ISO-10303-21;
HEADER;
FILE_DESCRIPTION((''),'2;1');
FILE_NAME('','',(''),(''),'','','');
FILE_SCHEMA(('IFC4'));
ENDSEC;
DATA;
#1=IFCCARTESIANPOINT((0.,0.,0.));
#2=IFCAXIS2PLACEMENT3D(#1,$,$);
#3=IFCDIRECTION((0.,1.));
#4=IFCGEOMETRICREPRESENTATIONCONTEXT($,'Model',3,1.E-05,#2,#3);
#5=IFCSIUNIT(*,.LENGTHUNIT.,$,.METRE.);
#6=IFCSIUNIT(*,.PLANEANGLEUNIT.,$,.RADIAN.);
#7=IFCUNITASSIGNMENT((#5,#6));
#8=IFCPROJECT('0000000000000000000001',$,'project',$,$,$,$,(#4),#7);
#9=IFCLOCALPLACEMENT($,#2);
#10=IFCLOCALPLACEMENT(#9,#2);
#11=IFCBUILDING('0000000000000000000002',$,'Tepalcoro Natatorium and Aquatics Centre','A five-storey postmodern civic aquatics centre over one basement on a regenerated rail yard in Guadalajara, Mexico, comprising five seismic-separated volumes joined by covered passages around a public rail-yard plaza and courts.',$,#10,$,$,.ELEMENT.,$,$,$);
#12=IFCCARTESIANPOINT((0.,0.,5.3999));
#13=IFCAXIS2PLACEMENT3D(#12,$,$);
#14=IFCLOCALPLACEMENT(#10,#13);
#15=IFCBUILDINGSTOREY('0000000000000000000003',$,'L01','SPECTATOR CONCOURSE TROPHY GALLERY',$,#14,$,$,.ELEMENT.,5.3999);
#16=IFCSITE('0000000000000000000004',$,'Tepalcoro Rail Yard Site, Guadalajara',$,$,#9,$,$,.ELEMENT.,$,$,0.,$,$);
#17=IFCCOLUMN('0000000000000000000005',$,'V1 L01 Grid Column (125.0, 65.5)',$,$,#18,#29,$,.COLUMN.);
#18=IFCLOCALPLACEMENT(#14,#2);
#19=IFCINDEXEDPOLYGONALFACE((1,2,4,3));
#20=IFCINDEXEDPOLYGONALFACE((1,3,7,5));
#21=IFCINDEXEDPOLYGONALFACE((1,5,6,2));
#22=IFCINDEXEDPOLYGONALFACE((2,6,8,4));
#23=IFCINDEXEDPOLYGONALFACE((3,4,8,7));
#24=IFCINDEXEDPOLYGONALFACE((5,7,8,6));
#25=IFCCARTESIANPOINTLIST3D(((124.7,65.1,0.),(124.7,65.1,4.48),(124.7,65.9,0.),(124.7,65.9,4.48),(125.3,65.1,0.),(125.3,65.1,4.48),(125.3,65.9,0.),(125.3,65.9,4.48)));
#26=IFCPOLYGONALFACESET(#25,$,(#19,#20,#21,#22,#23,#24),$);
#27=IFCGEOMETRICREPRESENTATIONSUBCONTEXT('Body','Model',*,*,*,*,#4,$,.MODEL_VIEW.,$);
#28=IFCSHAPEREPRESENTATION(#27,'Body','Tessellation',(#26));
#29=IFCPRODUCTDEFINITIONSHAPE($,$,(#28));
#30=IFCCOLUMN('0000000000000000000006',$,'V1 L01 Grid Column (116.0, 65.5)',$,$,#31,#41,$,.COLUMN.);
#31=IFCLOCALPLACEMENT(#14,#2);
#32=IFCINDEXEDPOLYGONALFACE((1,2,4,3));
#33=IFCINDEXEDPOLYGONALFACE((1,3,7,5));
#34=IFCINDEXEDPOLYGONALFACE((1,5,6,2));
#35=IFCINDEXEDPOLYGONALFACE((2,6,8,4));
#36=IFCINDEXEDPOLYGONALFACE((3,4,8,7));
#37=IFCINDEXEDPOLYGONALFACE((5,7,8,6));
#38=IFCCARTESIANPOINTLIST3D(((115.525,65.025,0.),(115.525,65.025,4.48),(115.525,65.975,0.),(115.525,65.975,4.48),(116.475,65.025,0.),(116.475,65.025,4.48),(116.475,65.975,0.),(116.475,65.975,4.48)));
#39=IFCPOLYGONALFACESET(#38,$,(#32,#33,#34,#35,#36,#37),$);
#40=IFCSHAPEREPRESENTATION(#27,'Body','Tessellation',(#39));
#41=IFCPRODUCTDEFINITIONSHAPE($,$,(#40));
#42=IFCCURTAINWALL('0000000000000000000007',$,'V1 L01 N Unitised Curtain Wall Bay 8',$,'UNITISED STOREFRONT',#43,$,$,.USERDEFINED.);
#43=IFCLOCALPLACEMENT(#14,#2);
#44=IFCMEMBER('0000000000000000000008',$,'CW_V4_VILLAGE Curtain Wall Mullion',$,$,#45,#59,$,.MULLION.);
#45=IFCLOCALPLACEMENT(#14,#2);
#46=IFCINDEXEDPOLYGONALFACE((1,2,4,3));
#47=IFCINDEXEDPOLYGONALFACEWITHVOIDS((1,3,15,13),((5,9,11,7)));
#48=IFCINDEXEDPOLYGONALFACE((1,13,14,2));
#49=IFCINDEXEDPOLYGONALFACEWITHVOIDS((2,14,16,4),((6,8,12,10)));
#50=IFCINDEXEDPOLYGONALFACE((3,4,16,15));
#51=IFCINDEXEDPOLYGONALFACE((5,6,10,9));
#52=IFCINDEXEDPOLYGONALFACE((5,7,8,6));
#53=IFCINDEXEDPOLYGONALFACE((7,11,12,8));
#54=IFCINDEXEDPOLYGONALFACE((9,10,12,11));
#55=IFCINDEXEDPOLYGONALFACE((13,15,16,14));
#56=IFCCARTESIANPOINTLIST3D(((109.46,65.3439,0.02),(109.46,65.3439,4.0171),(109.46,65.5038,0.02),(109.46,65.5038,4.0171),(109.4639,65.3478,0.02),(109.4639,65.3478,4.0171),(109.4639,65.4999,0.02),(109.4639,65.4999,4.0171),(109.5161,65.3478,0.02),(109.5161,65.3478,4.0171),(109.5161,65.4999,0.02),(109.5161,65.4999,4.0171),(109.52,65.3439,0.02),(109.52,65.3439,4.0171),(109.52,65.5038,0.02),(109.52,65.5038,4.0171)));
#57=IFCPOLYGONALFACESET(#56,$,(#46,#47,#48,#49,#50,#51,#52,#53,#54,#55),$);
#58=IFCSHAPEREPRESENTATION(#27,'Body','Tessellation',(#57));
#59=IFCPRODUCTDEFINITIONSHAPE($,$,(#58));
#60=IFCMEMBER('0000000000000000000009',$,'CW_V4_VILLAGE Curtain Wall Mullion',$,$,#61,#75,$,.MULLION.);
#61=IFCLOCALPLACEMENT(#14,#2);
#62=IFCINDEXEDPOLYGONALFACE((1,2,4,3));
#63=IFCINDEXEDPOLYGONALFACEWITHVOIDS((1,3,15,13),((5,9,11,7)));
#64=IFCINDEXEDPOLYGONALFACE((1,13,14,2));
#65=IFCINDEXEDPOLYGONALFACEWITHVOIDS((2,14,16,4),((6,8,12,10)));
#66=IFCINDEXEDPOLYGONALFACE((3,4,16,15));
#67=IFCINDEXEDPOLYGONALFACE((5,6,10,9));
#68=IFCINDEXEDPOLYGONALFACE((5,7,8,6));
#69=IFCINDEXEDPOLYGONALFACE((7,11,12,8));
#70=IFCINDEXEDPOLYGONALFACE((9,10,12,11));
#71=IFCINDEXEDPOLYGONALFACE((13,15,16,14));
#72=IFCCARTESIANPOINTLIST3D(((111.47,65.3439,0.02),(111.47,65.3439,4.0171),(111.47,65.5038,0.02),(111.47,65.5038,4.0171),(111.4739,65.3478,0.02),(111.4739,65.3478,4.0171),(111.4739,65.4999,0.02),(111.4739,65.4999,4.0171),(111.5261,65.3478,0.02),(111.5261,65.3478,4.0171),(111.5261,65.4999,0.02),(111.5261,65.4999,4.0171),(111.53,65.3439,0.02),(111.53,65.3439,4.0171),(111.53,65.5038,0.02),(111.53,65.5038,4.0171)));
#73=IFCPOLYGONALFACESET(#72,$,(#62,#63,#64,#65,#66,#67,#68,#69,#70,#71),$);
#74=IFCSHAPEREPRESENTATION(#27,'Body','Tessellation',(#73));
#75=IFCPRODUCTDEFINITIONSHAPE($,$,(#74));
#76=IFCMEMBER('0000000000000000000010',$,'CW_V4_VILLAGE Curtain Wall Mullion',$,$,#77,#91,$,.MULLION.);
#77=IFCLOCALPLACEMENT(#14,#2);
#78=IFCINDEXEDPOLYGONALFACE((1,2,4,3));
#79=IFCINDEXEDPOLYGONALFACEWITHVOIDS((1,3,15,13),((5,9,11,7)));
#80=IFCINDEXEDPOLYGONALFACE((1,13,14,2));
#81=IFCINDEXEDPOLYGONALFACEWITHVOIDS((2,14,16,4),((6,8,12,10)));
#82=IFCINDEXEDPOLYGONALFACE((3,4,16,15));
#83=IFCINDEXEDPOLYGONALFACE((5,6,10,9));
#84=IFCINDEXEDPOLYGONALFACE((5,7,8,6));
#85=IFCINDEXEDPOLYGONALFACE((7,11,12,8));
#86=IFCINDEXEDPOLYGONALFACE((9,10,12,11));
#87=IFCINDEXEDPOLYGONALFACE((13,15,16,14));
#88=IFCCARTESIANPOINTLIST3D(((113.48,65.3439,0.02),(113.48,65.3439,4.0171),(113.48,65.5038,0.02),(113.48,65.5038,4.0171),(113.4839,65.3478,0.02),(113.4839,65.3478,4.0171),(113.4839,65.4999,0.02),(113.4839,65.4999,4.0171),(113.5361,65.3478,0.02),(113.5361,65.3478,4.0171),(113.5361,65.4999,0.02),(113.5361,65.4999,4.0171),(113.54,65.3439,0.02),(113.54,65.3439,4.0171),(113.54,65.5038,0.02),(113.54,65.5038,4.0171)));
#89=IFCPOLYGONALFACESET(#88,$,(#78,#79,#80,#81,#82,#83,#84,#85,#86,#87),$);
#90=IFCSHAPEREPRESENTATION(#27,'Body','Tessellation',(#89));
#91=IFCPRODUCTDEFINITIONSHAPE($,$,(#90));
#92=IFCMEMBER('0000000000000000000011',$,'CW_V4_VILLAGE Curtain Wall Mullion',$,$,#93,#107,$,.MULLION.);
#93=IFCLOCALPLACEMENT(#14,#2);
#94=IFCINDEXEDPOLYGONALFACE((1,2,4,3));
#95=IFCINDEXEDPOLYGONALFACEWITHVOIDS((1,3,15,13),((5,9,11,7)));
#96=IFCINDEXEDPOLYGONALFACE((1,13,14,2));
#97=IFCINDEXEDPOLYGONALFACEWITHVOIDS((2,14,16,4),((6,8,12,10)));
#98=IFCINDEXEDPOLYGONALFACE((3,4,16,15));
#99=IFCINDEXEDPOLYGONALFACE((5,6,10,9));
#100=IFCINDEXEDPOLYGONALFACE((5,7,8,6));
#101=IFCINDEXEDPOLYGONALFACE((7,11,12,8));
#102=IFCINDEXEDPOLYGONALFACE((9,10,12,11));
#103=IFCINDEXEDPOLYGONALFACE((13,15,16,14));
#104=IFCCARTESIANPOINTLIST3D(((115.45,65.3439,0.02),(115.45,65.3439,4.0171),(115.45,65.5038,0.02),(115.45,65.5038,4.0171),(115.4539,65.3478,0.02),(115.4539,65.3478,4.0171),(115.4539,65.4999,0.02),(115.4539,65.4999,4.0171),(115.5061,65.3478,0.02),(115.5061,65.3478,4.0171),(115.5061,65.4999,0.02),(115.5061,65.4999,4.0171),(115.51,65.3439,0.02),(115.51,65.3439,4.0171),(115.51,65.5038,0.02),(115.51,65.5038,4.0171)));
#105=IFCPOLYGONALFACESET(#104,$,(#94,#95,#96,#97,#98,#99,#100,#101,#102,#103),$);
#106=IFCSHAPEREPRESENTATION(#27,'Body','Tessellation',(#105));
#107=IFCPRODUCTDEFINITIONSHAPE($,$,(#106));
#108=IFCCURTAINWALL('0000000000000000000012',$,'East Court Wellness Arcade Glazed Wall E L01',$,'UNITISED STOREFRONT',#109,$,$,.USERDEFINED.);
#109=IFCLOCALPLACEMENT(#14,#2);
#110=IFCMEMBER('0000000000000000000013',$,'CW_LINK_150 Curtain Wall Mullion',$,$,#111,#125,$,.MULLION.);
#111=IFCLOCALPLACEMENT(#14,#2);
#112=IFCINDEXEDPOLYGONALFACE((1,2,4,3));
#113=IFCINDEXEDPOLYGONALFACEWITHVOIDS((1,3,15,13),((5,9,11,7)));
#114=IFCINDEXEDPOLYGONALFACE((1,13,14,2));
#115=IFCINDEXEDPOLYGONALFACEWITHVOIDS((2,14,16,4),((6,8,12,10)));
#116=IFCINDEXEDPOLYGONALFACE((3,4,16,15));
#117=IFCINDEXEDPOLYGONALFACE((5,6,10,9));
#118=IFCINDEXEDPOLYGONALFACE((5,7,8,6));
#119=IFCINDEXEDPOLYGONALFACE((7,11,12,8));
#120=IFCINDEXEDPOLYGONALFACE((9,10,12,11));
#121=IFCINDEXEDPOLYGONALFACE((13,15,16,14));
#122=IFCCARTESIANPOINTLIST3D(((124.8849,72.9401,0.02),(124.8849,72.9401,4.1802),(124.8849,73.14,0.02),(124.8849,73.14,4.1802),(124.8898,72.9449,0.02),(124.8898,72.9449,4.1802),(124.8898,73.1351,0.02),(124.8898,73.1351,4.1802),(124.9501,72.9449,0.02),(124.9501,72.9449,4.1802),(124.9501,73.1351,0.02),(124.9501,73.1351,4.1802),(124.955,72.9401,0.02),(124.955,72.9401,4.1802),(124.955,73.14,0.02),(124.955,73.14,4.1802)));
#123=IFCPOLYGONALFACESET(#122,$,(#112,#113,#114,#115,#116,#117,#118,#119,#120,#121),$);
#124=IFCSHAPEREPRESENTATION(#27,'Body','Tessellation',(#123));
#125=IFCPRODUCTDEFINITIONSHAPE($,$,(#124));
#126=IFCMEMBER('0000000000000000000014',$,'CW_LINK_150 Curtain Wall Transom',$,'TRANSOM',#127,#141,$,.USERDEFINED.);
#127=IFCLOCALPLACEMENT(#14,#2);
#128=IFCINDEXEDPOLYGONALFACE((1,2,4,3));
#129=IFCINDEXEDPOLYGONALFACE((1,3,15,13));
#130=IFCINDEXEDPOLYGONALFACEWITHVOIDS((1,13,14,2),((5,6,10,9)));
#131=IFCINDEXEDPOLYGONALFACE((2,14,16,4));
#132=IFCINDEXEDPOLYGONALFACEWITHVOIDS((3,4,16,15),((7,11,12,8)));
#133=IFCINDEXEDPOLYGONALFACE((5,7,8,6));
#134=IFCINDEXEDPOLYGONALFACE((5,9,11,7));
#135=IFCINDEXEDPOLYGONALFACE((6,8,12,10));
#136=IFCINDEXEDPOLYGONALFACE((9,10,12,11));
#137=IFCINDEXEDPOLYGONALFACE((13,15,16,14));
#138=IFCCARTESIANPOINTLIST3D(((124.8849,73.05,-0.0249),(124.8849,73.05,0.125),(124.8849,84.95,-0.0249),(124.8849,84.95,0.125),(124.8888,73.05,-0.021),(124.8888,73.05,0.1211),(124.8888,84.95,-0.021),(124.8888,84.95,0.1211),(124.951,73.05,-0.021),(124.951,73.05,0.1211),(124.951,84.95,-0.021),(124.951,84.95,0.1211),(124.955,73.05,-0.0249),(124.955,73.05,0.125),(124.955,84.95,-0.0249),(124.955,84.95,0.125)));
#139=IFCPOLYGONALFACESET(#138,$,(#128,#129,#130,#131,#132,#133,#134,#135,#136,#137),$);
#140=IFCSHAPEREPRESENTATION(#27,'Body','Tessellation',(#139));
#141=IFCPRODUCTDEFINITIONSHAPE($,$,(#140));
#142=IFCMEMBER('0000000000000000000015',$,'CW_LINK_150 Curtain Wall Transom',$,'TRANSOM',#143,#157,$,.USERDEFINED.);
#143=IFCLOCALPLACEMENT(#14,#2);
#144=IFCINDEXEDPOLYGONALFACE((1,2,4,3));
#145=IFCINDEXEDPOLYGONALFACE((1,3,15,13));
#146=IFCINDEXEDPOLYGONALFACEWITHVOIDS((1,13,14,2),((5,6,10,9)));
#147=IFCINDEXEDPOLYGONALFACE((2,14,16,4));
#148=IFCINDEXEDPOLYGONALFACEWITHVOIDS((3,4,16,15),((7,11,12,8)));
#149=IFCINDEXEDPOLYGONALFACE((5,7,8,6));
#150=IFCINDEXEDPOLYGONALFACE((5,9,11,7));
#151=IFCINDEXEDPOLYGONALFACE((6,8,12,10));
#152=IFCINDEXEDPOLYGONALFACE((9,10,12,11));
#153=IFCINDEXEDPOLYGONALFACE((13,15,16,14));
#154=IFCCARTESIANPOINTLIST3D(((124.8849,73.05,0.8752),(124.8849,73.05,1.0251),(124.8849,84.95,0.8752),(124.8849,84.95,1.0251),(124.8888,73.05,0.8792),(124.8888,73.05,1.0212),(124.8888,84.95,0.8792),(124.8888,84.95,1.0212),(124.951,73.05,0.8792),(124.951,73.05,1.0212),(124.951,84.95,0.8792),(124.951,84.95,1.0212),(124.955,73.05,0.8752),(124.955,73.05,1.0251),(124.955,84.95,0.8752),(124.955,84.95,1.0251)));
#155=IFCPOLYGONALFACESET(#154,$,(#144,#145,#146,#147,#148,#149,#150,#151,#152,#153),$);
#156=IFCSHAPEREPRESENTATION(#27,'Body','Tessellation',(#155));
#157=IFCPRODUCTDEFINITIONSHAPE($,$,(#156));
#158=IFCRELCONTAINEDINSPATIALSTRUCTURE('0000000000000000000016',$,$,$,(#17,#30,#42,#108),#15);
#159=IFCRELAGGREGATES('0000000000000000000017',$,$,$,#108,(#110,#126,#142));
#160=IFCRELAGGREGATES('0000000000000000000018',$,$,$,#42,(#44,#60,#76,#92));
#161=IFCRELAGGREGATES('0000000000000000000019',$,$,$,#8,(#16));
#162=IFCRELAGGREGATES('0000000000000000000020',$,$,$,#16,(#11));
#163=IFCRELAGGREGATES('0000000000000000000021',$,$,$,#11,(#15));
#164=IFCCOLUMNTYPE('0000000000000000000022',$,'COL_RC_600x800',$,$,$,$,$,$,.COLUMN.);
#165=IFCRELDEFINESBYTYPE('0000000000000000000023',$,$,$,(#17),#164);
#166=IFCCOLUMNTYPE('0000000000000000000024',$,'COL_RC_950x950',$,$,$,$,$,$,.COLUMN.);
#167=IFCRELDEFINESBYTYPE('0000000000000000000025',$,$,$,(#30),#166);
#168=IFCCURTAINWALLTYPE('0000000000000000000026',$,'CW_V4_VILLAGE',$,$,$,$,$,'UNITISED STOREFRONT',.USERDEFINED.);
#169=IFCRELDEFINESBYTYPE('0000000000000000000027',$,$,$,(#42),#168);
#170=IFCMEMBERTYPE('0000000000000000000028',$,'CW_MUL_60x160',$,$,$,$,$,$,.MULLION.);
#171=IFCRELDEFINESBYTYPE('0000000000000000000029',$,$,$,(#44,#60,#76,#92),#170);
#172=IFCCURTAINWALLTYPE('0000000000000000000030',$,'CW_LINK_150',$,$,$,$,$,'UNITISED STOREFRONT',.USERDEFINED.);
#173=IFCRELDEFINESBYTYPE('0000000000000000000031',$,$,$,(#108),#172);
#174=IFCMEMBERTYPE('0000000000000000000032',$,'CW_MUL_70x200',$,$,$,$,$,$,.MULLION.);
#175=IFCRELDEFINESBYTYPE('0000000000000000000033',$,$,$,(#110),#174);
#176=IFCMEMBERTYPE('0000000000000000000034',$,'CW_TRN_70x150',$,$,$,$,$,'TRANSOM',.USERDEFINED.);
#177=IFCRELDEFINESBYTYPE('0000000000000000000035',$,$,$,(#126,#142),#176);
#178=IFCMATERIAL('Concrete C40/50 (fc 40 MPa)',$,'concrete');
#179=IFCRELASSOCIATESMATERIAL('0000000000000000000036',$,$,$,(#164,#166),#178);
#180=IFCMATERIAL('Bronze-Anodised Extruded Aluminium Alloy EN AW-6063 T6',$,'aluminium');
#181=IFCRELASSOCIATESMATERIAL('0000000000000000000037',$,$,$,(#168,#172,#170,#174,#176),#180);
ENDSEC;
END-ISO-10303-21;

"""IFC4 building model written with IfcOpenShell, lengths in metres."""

from ifc_helpers import new_model, si_unit, direction, frame, origin, origin_2d, place, context, subcontext, project, spatial, rectangle, hollow_rectangle, extrude, material, material_profile, profile_set, type_object, element, aggregate, save


model = new_model("IFC4")

# Units and contexts
model_context = context("Model", 3, precision=1e-05, world=origin(), true_north=direction((0.0, 1.0)))
body_context = subcontext(model_context, "Body", "Model", "MODEL_VIEW")
ifc_project = project(units=[si_unit("LENGTHUNIT", "METRE"), si_unit("PLANEANGLEUNIT", "RADIAN")], contexts=[model_context])

# Site, building, storey
site_placement = place(None, origin())
site = spatial("IfcSite", under=ifc_project, at=site_placement, Name="Tepalcoro Rail Yard Site, Guadalajara", CompositionType="ELEMENT", RefElevation=0.0)
building_placement = place(site_placement, origin())
building = spatial("IfcBuilding", under=site, at=building_placement, Name="Tepalcoro Natatorium and Aquatics Centre", Description="A five-storey postmodern civic aquatics centre over one basement on a regenerated rail yard in Guadalajara, Mexico, comprising five seismic-separated volumes joined by covered passages around a public rail-yard plaza and courts.", CompositionType="ELEMENT")
storey_placement = place(building_placement, frame((0.0, 0.0, 5.3999)))
storey = spatial("IfcBuildingStorey", under=building, at=storey_placement, Name="L01", Description="SPECTATOR CONCOURSE TROPHY GALLERY", CompositionType="ELEMENT", Elevation=5.3999)

# Columns
ifc_material_1 = material(Name="Concrete C40/50 (fc 40 MPa)", Category="concrete")
ifc_material_profile_1 = material_profile(ifc_material_1, rectangle(XDim=0.6001, YDim=0.8, at=origin_2d()), Name="RC600x800")
ifc_profile_set_1 = profile_set([ifc_material_profile_1], Name="Concrete C40/50 (fc 40 MPa)")
column_type_1 = type_object("IfcColumnType", Name="COL_RC_600x800", PredefinedType="COLUMN", material=ifc_profile_set_1)
column_1_placement = place(storey_placement, frame((125.0, 65.5, 0.0), z_axis=(0.0, 0.0, 1.0), x_axis=(1.0, 0.0, 0.0)))
element("IfcColumn", 1, at=column_1_placement, inside=storey, type_object=column_type_1, Name="V1 L01 Grid Column (125.0, 65.5)", PredefinedType="COLUMN", context=body_context, shape_type="SweptSolid", body=[
    extrude(rectangle(XDim=0.6001, YDim=0.8, at=origin_2d()), origin(), (0.0, 0.0, 1.0), 4.48),
])
ifc_material_profile_2 = material_profile(ifc_material_1, rectangle(XDim=0.95, YDim=0.95, at=origin_2d()), Name="RC950x950")
ifc_profile_set_2 = profile_set([ifc_material_profile_2], Name="Concrete C40/50 (fc 40 MPa)")
column_type_2 = type_object("IfcColumnType", Name="COL_RC_950x950", PredefinedType="COLUMN", material=ifc_profile_set_2)
column_2_placement = place(storey_placement, frame((116.0, 65.5, 0.0), z_axis=(0.0, 0.0, 1.0), x_axis=(1.0, 0.0, 0.0)))
element("IfcColumn", 2, at=column_2_placement, inside=storey, type_object=column_type_2, Name="V1 L01 Grid Column (116.0, 65.5)", PredefinedType="COLUMN", context=body_context, shape_type="SweptSolid", body=[
    extrude(rectangle(XDim=0.95, YDim=0.95, at=origin_2d()), origin(), (0.0, 0.0, 1.0), 4.48),
])

# Curtain walls, members
ifc_material_2 = material(Name="Bronze-Anodised Extruded Aluminium Alloy EN AW-6063 T6", Category="aluminium")
curtain_wall_type_1 = type_object("IfcCurtainWallType", Name="CW_V4_VILLAGE", ElementType="UNITISED STOREFRONT", PredefinedType="USERDEFINED", material=ifc_material_2)
curtain_wall_1_placement = place(storey_placement, origin())
curtain_wall_1 = element("IfcCurtainWall", 3, at=curtain_wall_1_placement, inside=storey, type_object=curtain_wall_type_1, Name="V1 L01 N Unitised Curtain Wall Bay 8", ObjectType="UNITISED STOREFRONT", PredefinedType="USERDEFINED")
ifc_material_profile_3 = material_profile(ifc_material_2, hollow_rectangle(XDim=0.0601, YDim=0.1599, WallThickness=0.0039, at=origin_2d()), Name="AL60X160X4")
ifc_profile_set_3 = profile_set([ifc_material_profile_3], Name="Bronze-Anodised Extruded Aluminium Alloy EN AW-6063 T6")
member_type_1 = type_object("IfcMemberType", Name="CW_MUL_60x160", PredefinedType="MULLION", material=ifc_profile_set_3)
member_1_placement = place(storey_placement, frame((109.49, 65.4238, 0.02), z_axis=(0.0, 0.0, 1.0), x_axis=(1.0, 0.0, 0.0)))
member_1 = element("IfcMember", 4, at=member_1_placement, type_object=member_type_1, Name="CW_V4_VILLAGE Curtain Wall Mullion", PredefinedType="MULLION", context=body_context, shape_type="SweptSolid", body=[
    extrude(hollow_rectangle(XDim=0.0601, YDim=0.1599, WallThickness=0.0039, at=origin_2d()), origin(), (0.0, 0.0, 1.0), 3.9971),
])
member_2_placement = place(storey_placement, frame((111.5, 65.4238, 0.02), z_axis=(0.0, 0.0, 1.0), x_axis=(1.0, 0.0, 0.0)))
member_2 = element("IfcMember", 5, at=member_2_placement, type_object=member_type_1, Name="CW_V4_VILLAGE Curtain Wall Mullion", PredefinedType="MULLION", context=body_context, shape_type="SweptSolid", body=[
    extrude(hollow_rectangle(XDim=0.0601, YDim=0.1599, WallThickness=0.0039, at=origin_2d()), origin(), (0.0, 0.0, 1.0), 3.9971),
])
member_3_placement = place(storey_placement, frame((113.51, 65.4238, 0.02), z_axis=(0.0, 0.0, 1.0), x_axis=(1.0, 0.0, 0.0)))
member_3 = element("IfcMember", 6, at=member_3_placement, type_object=member_type_1, Name="CW_V4_VILLAGE Curtain Wall Mullion", PredefinedType="MULLION", context=body_context, shape_type="SweptSolid", body=[
    extrude(hollow_rectangle(XDim=0.0601, YDim=0.1599, WallThickness=0.0039, at=origin_2d()), origin(), (0.0, 0.0, 1.0), 3.9971),
])
member_4_placement = place(storey_placement, frame((115.48, 65.4238, 0.02), z_axis=(0.0, 0.0, 1.0), x_axis=(1.0, 0.0, 0.0)))
member_4 = element("IfcMember", 7, at=member_4_placement, type_object=member_type_1, Name="CW_V4_VILLAGE Curtain Wall Mullion", PredefinedType="MULLION", context=body_context, shape_type="SweptSolid", body=[
    extrude(hollow_rectangle(XDim=0.0601, YDim=0.1599, WallThickness=0.0039, at=origin_2d()), origin(), (0.0, 0.0, 1.0), 3.9971),
])
curtain_wall_type_2 = type_object("IfcCurtainWallType", Name="CW_LINK_150", ElementType="UNITISED STOREFRONT", PredefinedType="USERDEFINED", material=ifc_material_2)
curtain_wall_2_placement = place(storey_placement, origin())
curtain_wall_2 = element("IfcCurtainWall", 8, at=curtain_wall_2_placement, inside=storey, type_object=curtain_wall_type_2, Name="East Court Wellness Arcade Glazed Wall E L01", ObjectType="UNITISED STOREFRONT", PredefinedType="USERDEFINED")
ifc_material_profile_4 = material_profile(ifc_material_2, hollow_rectangle(XDim=0.0701, YDim=0.2, WallThickness=0.0049, at=origin_2d()), Name="AL70X200X5")
ifc_profile_set_4 = profile_set([ifc_material_profile_4], Name="Bronze-Anodised Extruded Aluminium Alloy EN AW-6063 T6")
member_type_2 = type_object("IfcMemberType", Name="CW_MUL_70x200", PredefinedType="MULLION", material=ifc_profile_set_4)
member_5_placement = place(storey_placement, frame((124.9199, 73.04, 0.02), z_axis=(0.0, 0.0, 1.0), x_axis=(1.0, 0.0, 0.0)))
member_5 = element("IfcMember", 9, at=member_5_placement, type_object=member_type_2, Name="CW_LINK_150 Curtain Wall Mullion", PredefinedType="MULLION", context=body_context, shape_type="SweptSolid", body=[
    extrude(hollow_rectangle(XDim=0.0701, YDim=0.2, WallThickness=0.0049, at=origin_2d()), origin(), (0.0, 0.0, 1.0), 4.1602),
])
ifc_material_profile_5 = material_profile(ifc_material_2, hollow_rectangle(XDim=0.0701, YDim=0.1499, WallThickness=0.0039, at=origin_2d()), Name="AL70X150X4")
ifc_profile_set_5 = profile_set([ifc_material_profile_5], Name="Bronze-Anodised Extruded Aluminium Alloy EN AW-6063 T6")
member_type_3 = type_object("IfcMemberType", Name="CW_TRN_70x150", ElementType="TRANSOM", PredefinedType="USERDEFINED", material=ifc_profile_set_5)
member_6_placement = place(storey_placement, frame((124.9199, 73.05, 0.05), z_axis=(0.0, 1.0, 0.0), x_axis=(-1.0, 0.0, 0.0)))
member_6 = element("IfcMember", 10, at=member_6_placement, type_object=member_type_3, Name="CW_LINK_150 Curtain Wall Transom", ObjectType="TRANSOM", PredefinedType="USERDEFINED", context=body_context, shape_type="SweptSolid", body=[
    extrude(hollow_rectangle(XDim=0.0701, YDim=0.1499, WallThickness=0.0039, at=origin_2d()), origin(), (0.0, 0.0, 1.0), 11.8999),
])
member_7_placement = place(storey_placement, frame((124.9199, 73.05, 0.9502), z_axis=(0.0, 1.0, 0.0), x_axis=(-1.0, 0.0, 0.0)))
member_7 = element("IfcMember", 11, at=member_7_placement, type_object=member_type_3, Name="CW_LINK_150 Curtain Wall Transom", ObjectType="TRANSOM", PredefinedType="USERDEFINED", context=body_context, shape_type="SweptSolid", body=[
    extrude(hollow_rectangle(XDim=0.0701, YDim=0.1499, WallThickness=0.0039, at=origin_2d()), origin(), (0.0, 0.0, 1.0), 11.8999),
])
aggregate(curtain_wall_2, [member_5, member_6, member_7])

aggregate(curtain_wall_1, [member_1, member_2, member_3, member_4])

save(model, "model.ifc")
